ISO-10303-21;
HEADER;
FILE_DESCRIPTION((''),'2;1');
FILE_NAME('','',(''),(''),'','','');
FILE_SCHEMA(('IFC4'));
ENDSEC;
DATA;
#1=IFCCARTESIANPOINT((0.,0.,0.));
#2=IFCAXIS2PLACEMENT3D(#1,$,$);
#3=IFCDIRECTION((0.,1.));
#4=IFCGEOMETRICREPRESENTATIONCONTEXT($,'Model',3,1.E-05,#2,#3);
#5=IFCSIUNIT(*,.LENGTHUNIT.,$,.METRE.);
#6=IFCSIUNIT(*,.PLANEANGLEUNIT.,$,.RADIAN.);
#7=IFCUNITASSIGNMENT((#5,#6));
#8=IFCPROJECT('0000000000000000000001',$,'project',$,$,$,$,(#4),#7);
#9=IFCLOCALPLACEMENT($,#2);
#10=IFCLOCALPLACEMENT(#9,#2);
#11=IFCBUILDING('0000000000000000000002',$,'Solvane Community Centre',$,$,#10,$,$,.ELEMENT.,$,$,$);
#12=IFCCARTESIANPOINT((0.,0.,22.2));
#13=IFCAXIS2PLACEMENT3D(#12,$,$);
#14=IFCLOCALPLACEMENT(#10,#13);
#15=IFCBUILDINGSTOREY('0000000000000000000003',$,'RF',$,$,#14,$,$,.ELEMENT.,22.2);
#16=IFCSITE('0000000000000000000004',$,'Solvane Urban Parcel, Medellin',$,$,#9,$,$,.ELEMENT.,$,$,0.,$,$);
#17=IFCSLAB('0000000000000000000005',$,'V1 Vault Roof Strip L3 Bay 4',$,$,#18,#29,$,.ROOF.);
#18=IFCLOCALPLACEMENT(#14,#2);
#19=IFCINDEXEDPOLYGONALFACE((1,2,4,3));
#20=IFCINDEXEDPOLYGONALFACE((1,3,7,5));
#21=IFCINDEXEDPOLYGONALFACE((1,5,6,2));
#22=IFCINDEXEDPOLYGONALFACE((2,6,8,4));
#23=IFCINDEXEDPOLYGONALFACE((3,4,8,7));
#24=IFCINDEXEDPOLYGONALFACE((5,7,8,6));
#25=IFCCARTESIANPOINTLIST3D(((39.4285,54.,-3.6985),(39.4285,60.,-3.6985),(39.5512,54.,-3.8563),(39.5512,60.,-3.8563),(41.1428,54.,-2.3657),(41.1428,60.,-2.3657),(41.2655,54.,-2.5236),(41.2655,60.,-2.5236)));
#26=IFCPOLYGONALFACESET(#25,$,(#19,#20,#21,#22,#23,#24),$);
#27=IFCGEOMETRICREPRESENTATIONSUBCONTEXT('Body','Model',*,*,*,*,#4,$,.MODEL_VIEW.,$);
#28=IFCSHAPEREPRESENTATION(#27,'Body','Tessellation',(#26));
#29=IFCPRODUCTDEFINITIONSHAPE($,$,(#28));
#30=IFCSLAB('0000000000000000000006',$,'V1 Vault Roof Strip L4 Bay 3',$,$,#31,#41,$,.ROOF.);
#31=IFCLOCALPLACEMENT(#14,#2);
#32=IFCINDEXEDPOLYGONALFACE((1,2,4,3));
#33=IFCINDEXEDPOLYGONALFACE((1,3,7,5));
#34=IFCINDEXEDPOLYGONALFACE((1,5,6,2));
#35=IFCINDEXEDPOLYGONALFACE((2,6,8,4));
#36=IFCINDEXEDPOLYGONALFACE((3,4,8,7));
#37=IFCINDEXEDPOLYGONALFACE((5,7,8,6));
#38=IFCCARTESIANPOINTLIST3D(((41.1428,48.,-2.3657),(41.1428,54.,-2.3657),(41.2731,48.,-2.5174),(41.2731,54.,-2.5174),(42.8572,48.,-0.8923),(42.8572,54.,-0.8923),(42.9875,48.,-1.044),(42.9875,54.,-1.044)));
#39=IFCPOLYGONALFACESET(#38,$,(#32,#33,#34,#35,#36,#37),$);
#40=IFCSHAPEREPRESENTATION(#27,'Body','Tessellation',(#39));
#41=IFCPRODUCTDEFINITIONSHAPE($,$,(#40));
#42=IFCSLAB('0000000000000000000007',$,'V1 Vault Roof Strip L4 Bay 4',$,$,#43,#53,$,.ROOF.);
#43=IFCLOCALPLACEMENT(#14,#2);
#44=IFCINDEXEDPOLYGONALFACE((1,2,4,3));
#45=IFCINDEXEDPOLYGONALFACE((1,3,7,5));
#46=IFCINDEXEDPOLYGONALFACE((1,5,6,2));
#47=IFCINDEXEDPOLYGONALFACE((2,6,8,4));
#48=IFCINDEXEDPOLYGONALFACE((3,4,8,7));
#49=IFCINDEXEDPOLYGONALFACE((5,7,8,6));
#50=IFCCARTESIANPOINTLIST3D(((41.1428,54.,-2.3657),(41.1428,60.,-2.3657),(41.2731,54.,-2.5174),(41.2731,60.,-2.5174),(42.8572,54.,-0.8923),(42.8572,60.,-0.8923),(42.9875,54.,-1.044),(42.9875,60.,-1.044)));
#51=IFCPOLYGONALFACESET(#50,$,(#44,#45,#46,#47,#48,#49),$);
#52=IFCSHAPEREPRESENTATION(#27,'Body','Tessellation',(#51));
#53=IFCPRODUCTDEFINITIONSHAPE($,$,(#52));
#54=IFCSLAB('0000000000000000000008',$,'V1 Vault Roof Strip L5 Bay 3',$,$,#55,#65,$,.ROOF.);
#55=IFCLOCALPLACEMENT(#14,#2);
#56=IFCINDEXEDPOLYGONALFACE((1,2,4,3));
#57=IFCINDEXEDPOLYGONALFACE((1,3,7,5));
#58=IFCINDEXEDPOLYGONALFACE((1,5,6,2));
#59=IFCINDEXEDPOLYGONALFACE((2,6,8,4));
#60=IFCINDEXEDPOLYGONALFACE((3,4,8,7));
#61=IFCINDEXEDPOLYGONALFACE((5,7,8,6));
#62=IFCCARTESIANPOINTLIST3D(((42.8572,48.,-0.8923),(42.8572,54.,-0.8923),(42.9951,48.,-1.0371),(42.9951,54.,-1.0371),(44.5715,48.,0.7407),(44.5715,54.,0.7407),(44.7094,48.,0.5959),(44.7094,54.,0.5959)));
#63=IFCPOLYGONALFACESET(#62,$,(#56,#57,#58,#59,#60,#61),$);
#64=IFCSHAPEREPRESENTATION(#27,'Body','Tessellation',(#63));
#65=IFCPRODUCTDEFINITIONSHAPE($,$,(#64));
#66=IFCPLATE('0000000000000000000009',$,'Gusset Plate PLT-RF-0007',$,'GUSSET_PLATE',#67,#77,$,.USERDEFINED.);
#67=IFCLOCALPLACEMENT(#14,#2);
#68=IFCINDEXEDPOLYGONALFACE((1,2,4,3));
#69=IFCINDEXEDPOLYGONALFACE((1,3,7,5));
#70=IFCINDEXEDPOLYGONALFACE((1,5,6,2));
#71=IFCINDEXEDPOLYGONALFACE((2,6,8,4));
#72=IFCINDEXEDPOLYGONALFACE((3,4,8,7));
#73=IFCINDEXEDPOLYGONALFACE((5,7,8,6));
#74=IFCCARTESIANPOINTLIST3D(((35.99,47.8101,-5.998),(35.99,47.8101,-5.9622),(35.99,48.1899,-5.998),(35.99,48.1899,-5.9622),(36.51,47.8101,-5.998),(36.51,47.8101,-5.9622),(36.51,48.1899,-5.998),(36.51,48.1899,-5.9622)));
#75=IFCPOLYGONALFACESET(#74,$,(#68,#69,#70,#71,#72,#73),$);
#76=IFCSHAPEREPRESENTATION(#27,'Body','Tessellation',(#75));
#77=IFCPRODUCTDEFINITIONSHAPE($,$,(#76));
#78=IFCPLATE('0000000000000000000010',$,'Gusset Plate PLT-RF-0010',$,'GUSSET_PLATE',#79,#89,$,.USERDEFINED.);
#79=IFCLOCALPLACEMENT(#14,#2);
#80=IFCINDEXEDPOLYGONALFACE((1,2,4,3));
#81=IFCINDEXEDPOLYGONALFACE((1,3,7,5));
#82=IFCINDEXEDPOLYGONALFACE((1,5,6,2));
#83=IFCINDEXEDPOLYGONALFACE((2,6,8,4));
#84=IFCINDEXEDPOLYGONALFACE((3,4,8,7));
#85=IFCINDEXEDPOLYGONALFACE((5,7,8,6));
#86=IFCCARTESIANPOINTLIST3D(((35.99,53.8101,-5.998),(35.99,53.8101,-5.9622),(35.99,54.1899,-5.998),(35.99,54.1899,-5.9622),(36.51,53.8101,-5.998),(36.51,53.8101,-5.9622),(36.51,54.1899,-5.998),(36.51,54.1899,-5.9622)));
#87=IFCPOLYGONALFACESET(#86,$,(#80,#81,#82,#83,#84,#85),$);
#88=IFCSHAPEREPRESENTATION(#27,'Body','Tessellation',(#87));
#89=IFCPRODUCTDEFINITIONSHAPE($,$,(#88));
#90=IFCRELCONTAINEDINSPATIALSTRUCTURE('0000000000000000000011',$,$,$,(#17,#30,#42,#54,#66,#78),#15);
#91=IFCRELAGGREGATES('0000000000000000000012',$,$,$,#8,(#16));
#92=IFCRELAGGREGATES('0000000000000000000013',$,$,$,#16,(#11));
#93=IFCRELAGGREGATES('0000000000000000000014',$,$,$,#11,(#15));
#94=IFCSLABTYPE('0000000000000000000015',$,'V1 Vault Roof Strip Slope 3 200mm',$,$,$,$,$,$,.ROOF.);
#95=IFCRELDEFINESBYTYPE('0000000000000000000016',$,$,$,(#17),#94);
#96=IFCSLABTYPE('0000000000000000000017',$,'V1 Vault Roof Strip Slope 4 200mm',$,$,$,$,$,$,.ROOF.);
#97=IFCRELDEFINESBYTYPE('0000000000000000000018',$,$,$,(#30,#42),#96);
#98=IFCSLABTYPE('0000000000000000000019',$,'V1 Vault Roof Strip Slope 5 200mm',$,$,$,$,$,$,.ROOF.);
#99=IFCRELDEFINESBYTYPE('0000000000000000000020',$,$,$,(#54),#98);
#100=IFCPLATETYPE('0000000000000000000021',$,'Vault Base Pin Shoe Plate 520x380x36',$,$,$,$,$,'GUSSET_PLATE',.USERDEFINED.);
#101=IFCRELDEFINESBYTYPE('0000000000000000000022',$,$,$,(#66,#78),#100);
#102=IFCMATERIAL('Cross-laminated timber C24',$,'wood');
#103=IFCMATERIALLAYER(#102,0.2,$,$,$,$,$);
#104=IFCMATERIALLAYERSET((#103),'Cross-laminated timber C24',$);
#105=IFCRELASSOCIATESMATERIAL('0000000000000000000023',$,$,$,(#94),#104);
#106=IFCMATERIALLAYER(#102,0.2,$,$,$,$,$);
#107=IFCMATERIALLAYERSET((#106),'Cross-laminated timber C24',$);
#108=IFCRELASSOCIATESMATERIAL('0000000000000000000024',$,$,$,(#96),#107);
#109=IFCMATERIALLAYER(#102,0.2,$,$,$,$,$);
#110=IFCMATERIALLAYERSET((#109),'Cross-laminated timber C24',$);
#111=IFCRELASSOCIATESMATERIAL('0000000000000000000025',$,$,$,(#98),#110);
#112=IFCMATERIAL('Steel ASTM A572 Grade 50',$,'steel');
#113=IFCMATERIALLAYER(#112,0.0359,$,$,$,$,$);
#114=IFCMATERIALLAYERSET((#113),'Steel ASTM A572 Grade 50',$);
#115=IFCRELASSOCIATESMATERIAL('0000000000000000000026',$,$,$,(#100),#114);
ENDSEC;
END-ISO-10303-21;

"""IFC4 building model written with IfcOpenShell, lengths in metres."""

from ifc_helpers import new_model, si_unit, direction, frame, origin, origin_2d, place, context, subcontext, project, spatial, polyline, rectangle, outline, extrude, material, layer, layer_set, type_object, element, save


model = new_model("IFC4")

# Units and contexts
model_context = context("Model", 3, precision=1e-05, world=origin(), true_north=direction((0.0, 1.0)))
body_context = subcontext(model_context, "Body", "Model", "MODEL_VIEW")
ifc_project = project(units=[si_unit("LENGTHUNIT", "METRE"), si_unit("PLANEANGLEUNIT", "RADIAN")], contexts=[model_context])

# Site, building, storey
site_placement = place(None, origin())
site = spatial("IfcSite", under=ifc_project, at=site_placement, Name="Solvane Urban Parcel, Medellin", CompositionType="ELEMENT", RefElevation=0.0)
building_placement = place(site_placement, origin())
building = spatial("IfcBuilding", under=site, at=building_placement, Name="Solvane Community Centre", CompositionType="ELEMENT")
storey_placement = place(building_placement, frame((0.0, 0.0, 22.2)))
storey = spatial("IfcBuildingStorey", under=building, at=storey_placement, Name="RF", CompositionType="ELEMENT", Elevation=22.2)

# Shared definitions
ifc_material_1 = material(Name="Steel ASTM A572 Grade 50", Category="steel")

# Slabs
ifc_material_2 = material(Name="Cross-laminated timber C24", Category="wood")
ifc_layer_1 = layer(ifc_material_2, 0.2)
ifc_layer_set_1 = layer_set([ifc_layer_1], Name="Cross-laminated timber C24")
slab_type_1 = type_object("IfcSlabType", Name="V1 Vault Roof Strip Slope 3 200mm", PredefinedType="ROOF", material=ifc_layer_set_1)
for number, where, z_axis, x_axis, name in (
    (1, (39.4285, 54.0, -3.6985), (-0.613762, 0.0, 0.789491), (0.789491, 0.0, 0.613762), "V1 Vault Roof Strip L3 Bay 4"),
):
    element("IfcSlab", number, at=place(storey_placement, frame(where, z_axis=z_axis, x_axis=x_axis)), inside=storey, type_object=slab_type_1, Name=name, PredefinedType="ROOF", context=body_context, shape_type="SweptSolid", body=[
        extrude(outline(polyline([(0.0, 0.0), (2.1715, 0.0), (2.1715, 6.0), (0.0, 6.0), (0.0, 0.0)])), origin(), (0.0, 0.0, -1.0), 0.2),
    ])
ifc_layer_2 = layer(ifc_material_2, 0.2)
ifc_layer_set_2 = layer_set([ifc_layer_2], Name="Cross-laminated timber C24")
slab_type_2 = type_object("IfcSlabType", Name="V1 Vault Roof Strip Slope 4 200mm", PredefinedType="ROOF", material=ifc_layer_set_2)
for number, where, z_axis, x_axis, name in (
    (2, (41.1428, 48.0, -2.3657), (-0.651796, 0.0, 0.758394), (0.758394, 0.0, 0.651796), "V1 Vault Roof Strip L4 Bay 3"),
    (3, (41.1428, 54.0, -2.3657), (-0.651796, 0.0, 0.758394), (0.758394, 0.0, 0.651796), "V1 Vault Roof Strip L4 Bay 4"),
):
    element("IfcSlab", number, at=place(storey_placement, frame(where, z_axis=z_axis, x_axis=x_axis)), inside=storey, type_object=slab_type_2, Name=name, PredefinedType="ROOF", context=body_context, shape_type="SweptSolid", body=[
        extrude(outline(polyline([(0.0, 0.0), (2.2605, 0.0), (2.2605, 6.0), (0.0, 6.0), (0.0, 0.0)])), origin(), (0.0, 0.0, -1.0), 0.2),
    ])
ifc_layer_3 = layer(ifc_material_2, 0.2)
ifc_layer_set_3 = layer_set([ifc_layer_3], Name="Cross-laminated timber C24")
slab_type_3 = type_object("IfcSlabType", Name="V1 Vault Roof Strip Slope 5 200mm", PredefinedType="ROOF", material=ifc_layer_set_3)
slab_placement = place(storey_placement, frame((42.8572, 48.0, -0.8923), z_axis=(-0.68973, 0.0, 0.724067), x_axis=(0.724067, 0.0, 0.68973)))
element("IfcSlab", 4, at=slab_placement, inside=storey, type_object=slab_type_3, Name="V1 Vault Roof Strip L5 Bay 3", PredefinedType="ROOF", context=body_context, shape_type="SweptSolid", body=[
    extrude(outline(polyline([(0.0, 0.0), (2.3677, 0.0), (2.3677, 6.0), (0.0, 6.0), (0.0, 0.0)])), origin(), (0.0, 0.0, -1.0), 0.2),
])

# Plates
ifc_layer_4 = layer(ifc_material_1, 0.0359)
ifc_layer_set_4 = layer_set([ifc_layer_4], Name="Steel ASTM A572 Grade 50")
plate_type = type_object("IfcPlateType", Name="Vault Base Pin Shoe Plate 520x380x36", ElementType="GUSSET_PLATE", PredefinedType="USERDEFINED", material=ifc_layer_set_4)
for number, where, z_axis, x_axis, name in (
    (5, (36.25, 48.0, -5.998), (0.0, 0.0, 1.0), (1.0, 0.0, 0.0), "Gusset Plate PLT-RF-0007"),
    (6, (36.25, 54.0, -5.998), (0.0, 0.0, 1.0), (1.0, 0.0, 0.0), "Gusset Plate PLT-RF-0010"),
):
    element("IfcPlate", number, at=place(storey_placement, frame(where, z_axis=z_axis, x_axis=x_axis)), inside=storey, type_object=plate_type, Name=name, ObjectType="GUSSET_PLATE", PredefinedType="USERDEFINED", context=body_context, shape_type="SweptSolid", body=[
        extrude(rectangle(XDim=0.52, YDim=0.3799, at=origin_2d()), origin(), (0.0, 0.0, 1.0), 0.0359),
    ])

save(model, "model.ifc")
